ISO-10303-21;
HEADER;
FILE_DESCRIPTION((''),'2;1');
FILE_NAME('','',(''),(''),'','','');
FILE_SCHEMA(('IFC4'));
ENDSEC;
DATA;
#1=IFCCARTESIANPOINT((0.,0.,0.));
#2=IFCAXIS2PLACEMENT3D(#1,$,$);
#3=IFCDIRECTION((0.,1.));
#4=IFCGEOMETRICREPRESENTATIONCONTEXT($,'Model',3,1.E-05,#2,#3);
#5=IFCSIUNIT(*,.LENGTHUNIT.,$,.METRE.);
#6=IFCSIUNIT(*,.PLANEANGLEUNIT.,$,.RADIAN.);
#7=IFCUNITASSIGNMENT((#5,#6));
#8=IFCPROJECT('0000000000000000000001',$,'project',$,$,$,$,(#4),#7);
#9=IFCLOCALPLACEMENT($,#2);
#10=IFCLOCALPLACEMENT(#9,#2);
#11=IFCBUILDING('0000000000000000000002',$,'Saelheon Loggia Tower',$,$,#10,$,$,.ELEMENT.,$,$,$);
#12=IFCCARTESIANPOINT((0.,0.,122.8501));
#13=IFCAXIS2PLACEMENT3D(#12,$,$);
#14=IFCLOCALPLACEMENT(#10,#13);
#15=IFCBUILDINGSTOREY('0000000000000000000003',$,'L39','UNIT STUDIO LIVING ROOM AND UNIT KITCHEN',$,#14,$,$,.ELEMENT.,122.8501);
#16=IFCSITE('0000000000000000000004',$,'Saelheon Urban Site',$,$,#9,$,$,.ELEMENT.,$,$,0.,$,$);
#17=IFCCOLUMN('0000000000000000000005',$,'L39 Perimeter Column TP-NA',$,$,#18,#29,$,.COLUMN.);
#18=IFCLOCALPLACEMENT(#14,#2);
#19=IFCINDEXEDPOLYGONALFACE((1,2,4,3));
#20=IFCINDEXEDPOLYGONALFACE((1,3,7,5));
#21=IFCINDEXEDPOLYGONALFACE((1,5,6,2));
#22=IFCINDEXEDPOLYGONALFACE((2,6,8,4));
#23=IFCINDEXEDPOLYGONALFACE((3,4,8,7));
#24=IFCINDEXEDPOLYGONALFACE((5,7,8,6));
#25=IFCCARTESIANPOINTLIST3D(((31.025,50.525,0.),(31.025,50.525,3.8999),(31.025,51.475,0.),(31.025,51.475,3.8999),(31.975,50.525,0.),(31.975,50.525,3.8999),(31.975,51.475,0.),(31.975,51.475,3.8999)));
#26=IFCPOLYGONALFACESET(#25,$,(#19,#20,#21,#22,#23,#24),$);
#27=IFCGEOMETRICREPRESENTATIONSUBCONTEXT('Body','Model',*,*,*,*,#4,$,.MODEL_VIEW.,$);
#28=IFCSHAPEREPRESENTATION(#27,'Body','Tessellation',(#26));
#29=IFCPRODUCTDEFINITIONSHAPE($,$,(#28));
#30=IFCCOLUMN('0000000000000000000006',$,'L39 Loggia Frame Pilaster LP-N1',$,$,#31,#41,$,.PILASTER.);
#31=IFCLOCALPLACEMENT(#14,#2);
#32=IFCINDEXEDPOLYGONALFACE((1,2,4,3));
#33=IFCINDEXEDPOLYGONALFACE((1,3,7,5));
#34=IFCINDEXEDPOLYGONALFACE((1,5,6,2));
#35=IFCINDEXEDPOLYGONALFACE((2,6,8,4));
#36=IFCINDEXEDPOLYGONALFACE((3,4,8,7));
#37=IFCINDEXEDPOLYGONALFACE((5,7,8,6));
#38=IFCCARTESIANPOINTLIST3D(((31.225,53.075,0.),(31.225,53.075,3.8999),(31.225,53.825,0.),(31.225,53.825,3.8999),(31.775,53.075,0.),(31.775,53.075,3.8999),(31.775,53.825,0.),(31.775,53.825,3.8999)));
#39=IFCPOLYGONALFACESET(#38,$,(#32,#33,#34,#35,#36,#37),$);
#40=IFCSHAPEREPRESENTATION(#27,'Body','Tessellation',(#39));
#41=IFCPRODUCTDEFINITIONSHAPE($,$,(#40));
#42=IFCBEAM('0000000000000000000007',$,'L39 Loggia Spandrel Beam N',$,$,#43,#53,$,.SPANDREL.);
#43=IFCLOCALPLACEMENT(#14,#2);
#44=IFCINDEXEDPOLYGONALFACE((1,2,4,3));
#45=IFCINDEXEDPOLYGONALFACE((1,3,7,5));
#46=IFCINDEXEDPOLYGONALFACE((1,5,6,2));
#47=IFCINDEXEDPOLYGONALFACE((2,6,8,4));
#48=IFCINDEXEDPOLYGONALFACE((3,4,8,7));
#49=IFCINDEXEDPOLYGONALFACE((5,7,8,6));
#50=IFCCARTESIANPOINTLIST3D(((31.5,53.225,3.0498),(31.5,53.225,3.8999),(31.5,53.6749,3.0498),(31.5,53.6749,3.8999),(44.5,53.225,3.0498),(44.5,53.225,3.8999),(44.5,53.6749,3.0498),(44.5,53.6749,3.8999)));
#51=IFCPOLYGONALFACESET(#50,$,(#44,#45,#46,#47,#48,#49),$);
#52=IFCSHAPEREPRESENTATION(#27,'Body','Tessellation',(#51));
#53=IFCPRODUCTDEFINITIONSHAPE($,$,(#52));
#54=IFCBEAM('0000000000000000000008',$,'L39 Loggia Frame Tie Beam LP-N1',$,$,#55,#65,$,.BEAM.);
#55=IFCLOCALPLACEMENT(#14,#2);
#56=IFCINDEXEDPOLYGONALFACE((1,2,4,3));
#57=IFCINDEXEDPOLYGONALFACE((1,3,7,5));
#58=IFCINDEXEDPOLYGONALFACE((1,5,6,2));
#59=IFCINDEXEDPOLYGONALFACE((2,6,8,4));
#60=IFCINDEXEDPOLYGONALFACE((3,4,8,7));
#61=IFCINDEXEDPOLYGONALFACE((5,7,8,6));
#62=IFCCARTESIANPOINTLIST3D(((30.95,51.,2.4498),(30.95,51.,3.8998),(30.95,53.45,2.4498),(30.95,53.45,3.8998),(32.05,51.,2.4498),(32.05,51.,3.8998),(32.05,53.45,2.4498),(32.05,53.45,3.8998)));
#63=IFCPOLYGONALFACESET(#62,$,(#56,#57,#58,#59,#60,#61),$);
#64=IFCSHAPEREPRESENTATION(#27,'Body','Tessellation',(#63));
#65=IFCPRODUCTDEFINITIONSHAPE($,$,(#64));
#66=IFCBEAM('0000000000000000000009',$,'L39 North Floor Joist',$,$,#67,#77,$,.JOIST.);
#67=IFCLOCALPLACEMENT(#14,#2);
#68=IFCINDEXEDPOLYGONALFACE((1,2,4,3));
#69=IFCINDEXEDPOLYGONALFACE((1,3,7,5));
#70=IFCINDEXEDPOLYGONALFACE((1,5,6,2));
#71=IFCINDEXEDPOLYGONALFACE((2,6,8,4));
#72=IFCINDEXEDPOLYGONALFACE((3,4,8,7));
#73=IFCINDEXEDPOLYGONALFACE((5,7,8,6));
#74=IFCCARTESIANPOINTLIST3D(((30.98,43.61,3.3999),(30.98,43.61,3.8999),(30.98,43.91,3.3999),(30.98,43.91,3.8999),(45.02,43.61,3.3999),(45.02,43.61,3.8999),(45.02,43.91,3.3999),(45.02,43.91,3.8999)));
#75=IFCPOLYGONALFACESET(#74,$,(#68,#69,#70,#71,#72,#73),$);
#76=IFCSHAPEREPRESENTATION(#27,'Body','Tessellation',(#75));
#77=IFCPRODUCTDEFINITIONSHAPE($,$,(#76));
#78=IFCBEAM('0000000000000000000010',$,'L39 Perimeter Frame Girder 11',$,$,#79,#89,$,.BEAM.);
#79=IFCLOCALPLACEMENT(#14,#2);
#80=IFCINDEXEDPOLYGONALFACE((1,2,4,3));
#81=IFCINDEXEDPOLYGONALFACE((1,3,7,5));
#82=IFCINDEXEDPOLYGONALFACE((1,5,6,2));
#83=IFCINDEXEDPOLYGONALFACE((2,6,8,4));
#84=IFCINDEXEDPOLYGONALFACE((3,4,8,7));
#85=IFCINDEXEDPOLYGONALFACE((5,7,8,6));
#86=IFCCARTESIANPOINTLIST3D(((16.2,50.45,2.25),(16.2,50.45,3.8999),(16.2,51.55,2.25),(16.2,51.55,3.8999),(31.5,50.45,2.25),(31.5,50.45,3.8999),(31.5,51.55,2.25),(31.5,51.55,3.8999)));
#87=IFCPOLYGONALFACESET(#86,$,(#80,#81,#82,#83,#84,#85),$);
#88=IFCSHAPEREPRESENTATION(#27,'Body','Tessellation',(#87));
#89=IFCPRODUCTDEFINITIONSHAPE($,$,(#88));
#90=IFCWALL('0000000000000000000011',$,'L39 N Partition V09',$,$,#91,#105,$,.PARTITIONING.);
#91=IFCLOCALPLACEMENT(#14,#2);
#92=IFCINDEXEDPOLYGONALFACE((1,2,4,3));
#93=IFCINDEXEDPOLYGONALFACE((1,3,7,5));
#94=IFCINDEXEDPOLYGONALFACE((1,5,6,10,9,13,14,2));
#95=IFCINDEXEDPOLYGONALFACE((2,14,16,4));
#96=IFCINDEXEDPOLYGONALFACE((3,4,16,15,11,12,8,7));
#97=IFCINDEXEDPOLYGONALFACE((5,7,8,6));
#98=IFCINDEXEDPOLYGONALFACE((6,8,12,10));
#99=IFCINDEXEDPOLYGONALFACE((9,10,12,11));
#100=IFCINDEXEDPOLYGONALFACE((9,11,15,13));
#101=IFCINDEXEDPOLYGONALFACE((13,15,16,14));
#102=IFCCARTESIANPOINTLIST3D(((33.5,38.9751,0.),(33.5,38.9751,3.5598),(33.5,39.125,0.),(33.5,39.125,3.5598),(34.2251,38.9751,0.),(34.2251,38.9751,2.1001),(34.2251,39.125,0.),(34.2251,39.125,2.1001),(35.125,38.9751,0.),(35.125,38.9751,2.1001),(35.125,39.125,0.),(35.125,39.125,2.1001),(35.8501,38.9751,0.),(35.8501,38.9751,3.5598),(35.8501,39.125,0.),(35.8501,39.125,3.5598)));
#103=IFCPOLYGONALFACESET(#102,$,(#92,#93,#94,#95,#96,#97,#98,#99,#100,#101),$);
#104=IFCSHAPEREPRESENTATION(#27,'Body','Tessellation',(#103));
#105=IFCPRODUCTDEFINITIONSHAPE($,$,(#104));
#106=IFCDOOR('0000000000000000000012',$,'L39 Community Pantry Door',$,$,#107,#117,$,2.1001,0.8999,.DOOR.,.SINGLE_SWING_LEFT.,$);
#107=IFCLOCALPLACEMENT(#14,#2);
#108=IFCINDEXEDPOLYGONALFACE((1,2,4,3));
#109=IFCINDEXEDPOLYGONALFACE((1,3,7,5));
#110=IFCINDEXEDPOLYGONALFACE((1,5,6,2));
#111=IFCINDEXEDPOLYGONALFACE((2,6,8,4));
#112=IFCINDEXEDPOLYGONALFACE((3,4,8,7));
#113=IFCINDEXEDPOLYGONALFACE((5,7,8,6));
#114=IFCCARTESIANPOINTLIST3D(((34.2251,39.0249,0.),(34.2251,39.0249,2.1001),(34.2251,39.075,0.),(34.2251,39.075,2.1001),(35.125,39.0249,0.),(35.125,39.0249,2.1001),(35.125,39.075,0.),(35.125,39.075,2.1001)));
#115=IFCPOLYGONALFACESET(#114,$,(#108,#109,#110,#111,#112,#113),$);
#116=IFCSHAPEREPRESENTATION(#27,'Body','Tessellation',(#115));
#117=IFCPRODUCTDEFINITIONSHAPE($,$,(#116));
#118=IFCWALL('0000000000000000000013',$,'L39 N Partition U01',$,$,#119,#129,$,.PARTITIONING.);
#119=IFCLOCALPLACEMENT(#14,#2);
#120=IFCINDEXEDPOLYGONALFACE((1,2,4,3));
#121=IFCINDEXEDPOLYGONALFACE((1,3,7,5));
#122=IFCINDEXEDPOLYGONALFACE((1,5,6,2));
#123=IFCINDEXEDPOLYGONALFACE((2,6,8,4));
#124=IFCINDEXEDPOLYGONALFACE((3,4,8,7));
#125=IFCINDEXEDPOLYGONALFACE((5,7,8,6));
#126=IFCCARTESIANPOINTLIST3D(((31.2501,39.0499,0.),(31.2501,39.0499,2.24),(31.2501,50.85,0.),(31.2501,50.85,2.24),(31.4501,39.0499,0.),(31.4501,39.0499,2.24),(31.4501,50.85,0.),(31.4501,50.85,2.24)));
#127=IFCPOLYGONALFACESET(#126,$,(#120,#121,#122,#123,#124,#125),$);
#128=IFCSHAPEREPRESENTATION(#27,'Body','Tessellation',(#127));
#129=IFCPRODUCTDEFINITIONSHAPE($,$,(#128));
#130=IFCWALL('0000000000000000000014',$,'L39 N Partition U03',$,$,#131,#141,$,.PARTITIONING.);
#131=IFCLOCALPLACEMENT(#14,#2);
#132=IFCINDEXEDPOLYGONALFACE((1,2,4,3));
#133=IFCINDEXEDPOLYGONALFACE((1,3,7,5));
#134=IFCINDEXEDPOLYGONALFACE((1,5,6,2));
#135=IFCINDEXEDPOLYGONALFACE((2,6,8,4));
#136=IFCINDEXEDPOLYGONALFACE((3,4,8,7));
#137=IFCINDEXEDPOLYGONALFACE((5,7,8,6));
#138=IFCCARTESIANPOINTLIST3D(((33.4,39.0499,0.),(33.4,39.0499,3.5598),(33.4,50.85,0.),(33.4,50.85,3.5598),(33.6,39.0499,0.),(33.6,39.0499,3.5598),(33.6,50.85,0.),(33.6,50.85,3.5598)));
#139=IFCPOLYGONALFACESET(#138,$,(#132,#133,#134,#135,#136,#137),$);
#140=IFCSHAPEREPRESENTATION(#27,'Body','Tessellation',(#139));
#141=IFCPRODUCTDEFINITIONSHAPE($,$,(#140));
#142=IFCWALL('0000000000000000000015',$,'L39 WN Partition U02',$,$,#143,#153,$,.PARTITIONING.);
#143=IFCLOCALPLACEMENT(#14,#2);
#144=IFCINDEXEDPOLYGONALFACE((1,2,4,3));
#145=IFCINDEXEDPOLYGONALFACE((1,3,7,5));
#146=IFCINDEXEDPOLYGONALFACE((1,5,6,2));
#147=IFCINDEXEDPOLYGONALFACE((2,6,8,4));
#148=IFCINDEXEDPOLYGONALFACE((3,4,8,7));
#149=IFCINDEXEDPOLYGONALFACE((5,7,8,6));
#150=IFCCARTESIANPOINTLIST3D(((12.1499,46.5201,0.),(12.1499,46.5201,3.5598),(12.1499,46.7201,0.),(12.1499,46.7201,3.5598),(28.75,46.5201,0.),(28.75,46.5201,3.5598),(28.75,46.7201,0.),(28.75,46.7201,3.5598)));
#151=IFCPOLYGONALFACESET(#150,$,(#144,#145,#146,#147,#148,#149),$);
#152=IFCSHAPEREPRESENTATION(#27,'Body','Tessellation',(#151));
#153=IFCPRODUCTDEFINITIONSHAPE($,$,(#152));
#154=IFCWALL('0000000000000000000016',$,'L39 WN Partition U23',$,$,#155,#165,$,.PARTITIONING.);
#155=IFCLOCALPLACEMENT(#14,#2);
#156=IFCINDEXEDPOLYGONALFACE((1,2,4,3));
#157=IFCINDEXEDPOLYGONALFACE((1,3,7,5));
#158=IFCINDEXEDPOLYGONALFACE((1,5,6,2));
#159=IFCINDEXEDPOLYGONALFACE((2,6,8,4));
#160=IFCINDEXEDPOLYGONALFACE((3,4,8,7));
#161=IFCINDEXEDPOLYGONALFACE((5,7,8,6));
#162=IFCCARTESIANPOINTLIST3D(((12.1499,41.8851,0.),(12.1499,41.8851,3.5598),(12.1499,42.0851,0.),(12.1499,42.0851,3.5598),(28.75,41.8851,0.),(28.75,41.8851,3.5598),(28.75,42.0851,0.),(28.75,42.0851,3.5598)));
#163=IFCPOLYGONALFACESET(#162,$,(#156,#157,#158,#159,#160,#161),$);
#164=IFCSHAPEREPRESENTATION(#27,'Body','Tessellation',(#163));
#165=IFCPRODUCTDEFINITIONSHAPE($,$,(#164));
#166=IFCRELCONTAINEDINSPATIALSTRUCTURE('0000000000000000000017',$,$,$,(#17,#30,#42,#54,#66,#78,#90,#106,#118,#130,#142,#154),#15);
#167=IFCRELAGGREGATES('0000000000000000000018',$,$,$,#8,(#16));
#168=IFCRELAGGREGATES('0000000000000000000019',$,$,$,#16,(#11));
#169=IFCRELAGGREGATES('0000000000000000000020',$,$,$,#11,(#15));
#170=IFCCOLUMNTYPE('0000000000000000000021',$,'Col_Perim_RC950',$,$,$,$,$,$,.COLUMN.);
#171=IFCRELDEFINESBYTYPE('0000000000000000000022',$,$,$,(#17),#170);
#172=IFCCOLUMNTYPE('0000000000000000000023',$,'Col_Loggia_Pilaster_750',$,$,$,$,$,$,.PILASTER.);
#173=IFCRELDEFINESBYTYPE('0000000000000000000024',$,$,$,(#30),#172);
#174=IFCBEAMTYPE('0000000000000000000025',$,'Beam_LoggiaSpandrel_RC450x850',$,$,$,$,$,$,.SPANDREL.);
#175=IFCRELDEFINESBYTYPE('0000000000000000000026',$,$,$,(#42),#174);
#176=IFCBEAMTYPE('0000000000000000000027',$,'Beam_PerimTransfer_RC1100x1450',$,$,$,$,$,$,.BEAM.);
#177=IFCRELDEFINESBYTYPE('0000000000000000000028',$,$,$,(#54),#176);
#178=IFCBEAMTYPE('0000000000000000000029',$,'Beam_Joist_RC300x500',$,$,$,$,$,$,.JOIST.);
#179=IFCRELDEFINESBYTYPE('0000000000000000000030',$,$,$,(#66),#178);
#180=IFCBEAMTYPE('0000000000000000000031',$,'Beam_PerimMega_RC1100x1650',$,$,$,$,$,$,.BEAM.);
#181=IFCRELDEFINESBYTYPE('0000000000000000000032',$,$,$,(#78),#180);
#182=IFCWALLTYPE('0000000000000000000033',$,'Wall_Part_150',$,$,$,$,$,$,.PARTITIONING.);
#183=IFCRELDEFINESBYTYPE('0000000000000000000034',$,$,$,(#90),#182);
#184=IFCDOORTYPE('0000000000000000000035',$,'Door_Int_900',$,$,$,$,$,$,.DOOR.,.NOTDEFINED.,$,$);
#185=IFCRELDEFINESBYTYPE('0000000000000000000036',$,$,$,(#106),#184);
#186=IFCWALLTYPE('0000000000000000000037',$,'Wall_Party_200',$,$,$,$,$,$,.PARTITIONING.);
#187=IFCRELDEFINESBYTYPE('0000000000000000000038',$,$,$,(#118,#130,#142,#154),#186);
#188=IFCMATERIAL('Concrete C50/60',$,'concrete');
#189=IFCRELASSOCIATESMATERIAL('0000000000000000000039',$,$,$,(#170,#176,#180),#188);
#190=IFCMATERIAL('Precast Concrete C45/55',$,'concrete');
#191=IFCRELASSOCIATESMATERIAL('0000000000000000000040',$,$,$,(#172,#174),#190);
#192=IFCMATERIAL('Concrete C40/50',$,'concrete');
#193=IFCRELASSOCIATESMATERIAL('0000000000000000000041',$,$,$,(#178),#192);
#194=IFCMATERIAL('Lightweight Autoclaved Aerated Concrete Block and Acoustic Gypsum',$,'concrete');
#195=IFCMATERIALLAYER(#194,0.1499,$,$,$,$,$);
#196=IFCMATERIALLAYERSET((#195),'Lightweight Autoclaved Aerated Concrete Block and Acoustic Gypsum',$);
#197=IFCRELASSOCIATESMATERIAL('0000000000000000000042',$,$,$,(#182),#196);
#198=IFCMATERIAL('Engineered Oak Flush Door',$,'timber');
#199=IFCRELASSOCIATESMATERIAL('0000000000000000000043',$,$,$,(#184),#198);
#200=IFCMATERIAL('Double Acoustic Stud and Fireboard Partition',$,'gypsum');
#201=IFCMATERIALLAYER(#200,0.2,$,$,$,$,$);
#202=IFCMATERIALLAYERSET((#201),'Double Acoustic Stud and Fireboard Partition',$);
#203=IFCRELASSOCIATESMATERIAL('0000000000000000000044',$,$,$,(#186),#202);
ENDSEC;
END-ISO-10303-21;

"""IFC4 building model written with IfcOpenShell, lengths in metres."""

from ifc_helpers import new_model, si_unit, direction, frame, frame_2d, origin, origin_2d, place, context, subcontext, project, spatial, rectangle, extrude, source, transform, mapped, material, layer, layer_set, material_profile, profile_set, type_object, element, fill, save


model = new_model("IFC4")

# Units and contexts
model_context = context("Model", 3, precision=1e-05, world=origin(), true_north=direction((0.0, 1.0)))
body_context = subcontext(model_context, "Body", "Model", "MODEL_VIEW")
ifc_project = project(units=[si_unit("LENGTHUNIT", "METRE"), si_unit("PLANEANGLEUNIT", "RADIAN")], contexts=[model_context])

# Site, building, storey
site_placement = place(None, origin())
site = spatial("IfcSite", under=ifc_project, at=site_placement, Name="Saelheon Urban Site", CompositionType="ELEMENT", RefElevation=0.0)
building_placement = place(site_placement, origin())
building = spatial("IfcBuilding", under=site, at=building_placement, Name="Saelheon Loggia Tower", CompositionType="ELEMENT")
storey_placement = place(building_placement, frame((0.0, 0.0, 122.8501)))
storey = spatial("IfcBuildingStorey", under=building, at=storey_placement, Name="L39", Description="UNIT STUDIO LIVING ROOM AND UNIT KITCHEN", CompositionType="ELEMENT", Elevation=122.8501)

# Columns
ifc_material_1 = material(Name="Concrete C50/60", Category="concrete")
ifc_material_profile_1 = material_profile(ifc_material_1, rectangle(XDim=0.95, YDim=0.95, at=origin_2d()), Name="RC-950x950")
ifc_profile_set_1 = profile_set([ifc_material_profile_1], Name="Concrete C50/60")
column_type_1 = type_object("IfcColumnType", Name="Col_Perim_RC950", PredefinedType="COLUMN", material=ifc_profile_set_1)
shared_shape_1 = source(origin(), body_context, "Body", "SweptSolid", [
    extrude(rectangle(XDim=0.95, YDim=0.95, at=origin_2d()), origin(), (0.0, 0.0, 1.0), 3.8999),
])
column_1_placement = place(storey_placement, frame((31.5, 51.0, 0.0), z_axis=(0.0, 0.0, 1.0), x_axis=(1.0, 0.0, 0.0)))
element("IfcColumn", 1, at=column_1_placement, inside=storey, type_object=column_type_1, Name="L39 Perimeter Column TP-NA", PredefinedType="COLUMN", context=body_context, shape_type="MappedRepresentation", body=[
    mapped(shared_shape_1, transform((0.0, 0.0, 0.0), scale=1.0)),
])
ifc_material_2 = material(Name="Precast Concrete C45/55", Category="concrete")
ifc_material_profile_2 = material_profile(ifc_material_2, rectangle(XDim=0.55, YDim=0.75, at=origin_2d()), Name="RC-550x750")
ifc_profile_set_2 = profile_set([ifc_material_profile_2], Name="Precast Concrete C45/55")
column_type_2 = type_object("IfcColumnType", Name="Col_Loggia_Pilaster_750", PredefinedType="PILASTER", material=ifc_profile_set_2)
shared_shape_2 = source(origin(), body_context, "Body", "SweptSolid", [
    extrude(rectangle(XDim=0.55, YDim=0.75, at=origin_2d()), origin(), (0.0, 0.0, 1.0), 3.8999),
])
column_2_placement = place(storey_placement, frame((31.5, 53.45, 0.0), z_axis=(0.0, 0.0, 1.0), x_axis=(1.0, 0.0, 0.0)))
element("IfcColumn", 2, at=column_2_placement, inside=storey, type_object=column_type_2, Name="L39 Loggia Frame Pilaster LP-N1", PredefinedType="PILASTER", context=body_context, shape_type="MappedRepresentation", body=[
    mapped(shared_shape_2, transform((0.0, 0.0, 0.0), scale=1.0)),
])

# Beams
ifc_material_profile_3 = material_profile(ifc_material_2, rectangle(XDim=0.45, YDim=0.8501, at=origin_2d()), Name="RC-450x850")
ifc_profile_set_3 = profile_set([ifc_material_profile_3], Name="Precast Concrete C45/55")
beam_type_1 = type_object("IfcBeamType", Name="Beam_LoggiaSpandrel_RC450x850", PredefinedType="SPANDREL", material=ifc_profile_set_3)
shared_shape_3 = source(origin(), body_context, "Body", "SweptSolid", [
    extrude(rectangle(XDim=0.45, YDim=0.8501, at=origin_2d()), origin(), (0.0, 0.0, 1.0), 13.0),
])
beam_1_placement = place(storey_placement, frame((31.5, 53.45, 3.4749), z_axis=(1.0, 0.0, 0.0), x_axis=(0.0, 1.0, 0.0)))
element("IfcBeam", 3, at=beam_1_placement, inside=storey, type_object=beam_type_1, Name="L39 Loggia Spandrel Beam N", PredefinedType="SPANDREL", context=body_context, shape_type="MappedRepresentation", body=[
    mapped(shared_shape_3, transform((0.0, 0.0, 0.0), scale=1.0)),
])
ifc_material_profile_4 = material_profile(ifc_material_1, rectangle(XDim=1.1001, YDim=1.45, at=origin_2d()), Name="RC-1100x1450")
ifc_profile_set_4 = profile_set([ifc_material_profile_4], Name="Concrete C50/60")
beam_type_2 = type_object("IfcBeamType", Name="Beam_PerimTransfer_RC1100x1450", PredefinedType="BEAM", material=ifc_profile_set_4)
shared_shape_4 = source(origin(), body_context, "Body", "SweptSolid", [
    extrude(rectangle(XDim=1.1001, YDim=1.45, at=origin_2d()), origin(), (0.0, 0.0, 1.0), 2.45),
])
beam_2_placement = place(storey_placement, frame((31.5, 51.0, 3.1748), z_axis=(0.0, 1.0, 0.0), x_axis=(-1.0, 0.0, 0.0)))
element("IfcBeam", 4, at=beam_2_placement, inside=storey, type_object=beam_type_2, Name="L39 Loggia Frame Tie Beam LP-N1", PredefinedType="BEAM", context=body_context, shape_type="MappedRepresentation", body=[
    mapped(shared_shape_4, transform((0.0, 0.0, 0.0), scale=1.0)),
])
ifc_material_3 = material(Name="Concrete C40/50", Category="concrete")
ifc_material_profile_5 = material_profile(ifc_material_3, rectangle(XDim=0.3, YDim=0.5, at=origin_2d()), Name="RC-300x500")
ifc_profile_set_5 = profile_set([ifc_material_profile_5], Name="Concrete C40/50")
beam_type_3 = type_object("IfcBeamType", Name="Beam_Joist_RC300x500", PredefinedType="JOIST", material=ifc_profile_set_5)
shared_shape_5 = source(origin(), body_context, "Body", "SweptSolid", [
    extrude(rectangle(XDim=0.3, YDim=0.5, at=origin_2d()), origin(), (0.0, 0.0, 1.0), 14.04),
])
beam_3_placement = place(storey_placement, frame((30.98, 43.76, 3.6499), z_axis=(1.0, 0.0, 0.0), x_axis=(0.0, 1.0, 0.0)))
element("IfcBeam", 5, at=beam_3_placement, inside=storey, type_object=beam_type_3, Name="L39 North Floor Joist", PredefinedType="JOIST", context=body_context, shape_type="MappedRepresentation", body=[
    mapped(shared_shape_5, transform((0.0, 0.0, 0.0), scale=1.0)),
])
ifc_material_profile_6 = material_profile(ifc_material_1, rectangle(XDim=1.1001, YDim=1.6499, at=origin_2d()), Name="RC-1100x1650")
ifc_profile_set_6 = profile_set([ifc_material_profile_6], Name="Concrete C50/60")
beam_type_4 = type_object("IfcBeamType", Name="Beam_PerimMega_RC1100x1650", PredefinedType="BEAM", material=ifc_profile_set_6)
shared_shape_6 = source(origin(), body_context, "Body", "SweptSolid", [
    extrude(rectangle(XDim=1.1001, YDim=1.6499, at=origin_2d()), origin(), (0.0, 0.0, 1.0), 15.3),
])
beam_4_placement = place(storey_placement, frame((31.5, 51.0, 3.075), z_axis=(-1.0, 0.0, 0.0), x_axis=(0.0, -1.0, 0.0)))
element("IfcBeam", 6, at=beam_4_placement, inside=storey, type_object=beam_type_4, Name="L39 Perimeter Frame Girder 11", PredefinedType="BEAM", context=body_context, shape_type="MappedRepresentation", body=[
    mapped(shared_shape_6, transform((0.0, 0.0, 0.0), scale=1.0)),
])

# Wall, opening, door
ifc_material_4 = material(Name="Lightweight Autoclaved Aerated Concrete Block and Acoustic Gypsum", Category="concrete")
ifc_layer_1 = layer(ifc_material_4, 0.1499)
ifc_layer_set_1 = layer_set([ifc_layer_1], Name="Lightweight Autoclaved Aerated Concrete Block and Acoustic Gypsum")
wall_type_1 = type_object("IfcWallType", Name="Wall_Part_150", PredefinedType="PARTITIONING", material=ifc_layer_set_1)
wall_1_placement = place(storey_placement, frame((33.5, 39.05, 0.0), z_axis=(0.0, 0.0, 1.0), x_axis=(1.0, 0.0, 0.0)))
wall_1 = element("IfcWall", 7, at=wall_1_placement, inside=storey, type_object=wall_type_1, Name="L39 N Partition V09", PredefinedType="PARTITIONING", context=body_context, shape_type="SweptSolid", body=[
    extrude(rectangle(XDim=2.3501, YDim=0.1499, at=frame_2d((1.175, 0.0))), origin(), (0.0, 0.0, 1.0), 3.5598),
])
opening_1_placement = place(wall_1_placement, frame((0.7251, 0.0, 0.0)))
opening_1 = element("IfcOpeningElement", 8, at=opening_1_placement, cuts=wall_1, PredefinedType="OPENING", context=body_context, shape_type="SweptSolid", body=[
    extrude(rectangle(XDim=0.8999, YDim=2.1001, at=frame_2d((0.45, 1.05))), frame((0.0, 0.0869, 0.0), z_axis=(0.0, -1.0, 0.0), x_axis=(1.0, 0.0, 0.0)), (0.0, 0.0, 1.0), 0.1738),
])
ifc_material_5 = material(Name="Engineered Oak Flush Door", Category="timber")
door_type_1 = type_object("IfcDoorType", Name="Door_Int_900", OperationType="NOTDEFINED", PredefinedType="DOOR", material=ifc_material_5)
shared_shape_7 = source(origin(), body_context, "Body", "SweptSolid", [
    extrude(rectangle(XDim=0.8999, YDim=2.1001, at=frame_2d((0.45, 1.05))), frame((0.0, 0.0249, 0.0), z_axis=(0.0, -1.0, 0.0), x_axis=(1.0, 0.0, 0.0)), (0.0, 0.0, 1.0), 0.05),
])
door_1_placement = place(opening_1_placement, origin())
door_1 = element("IfcDoor", 9, at=door_1_placement, inside=storey, type_object=door_type_1, Name="L39 Community Pantry Door", OperationType="SINGLE_SWING_LEFT", OverallHeight=2.1001, OverallWidth=0.8999, PredefinedType="DOOR", context=body_context, shape_type="MappedRepresentation", body=[
    mapped(shared_shape_7, transform((0.0, 0.0, 0.0), scale=1.0)),
])
fill(opening_1, door_1)

# Walls
ifc_material_6 = material(Name="Double Acoustic Stud and Fireboard Partition", Category="gypsum")
ifc_layer_2 = layer(ifc_material_6, 0.2)
ifc_layer_set_2 = layer_set([ifc_layer_2], Name="Double Acoustic Stud and Fireboard Partition")
wall_type_2 = type_object("IfcWallType", Name="Wall_Party_200", PredefinedType="PARTITIONING", material=ifc_layer_set_2)
wall_2_placement = place(storey_placement, frame((31.3501, 39.05, 0.0), z_axis=(0.0, 0.0, 1.0), x_axis=(0.0, 1.0, 0.0)))
element("IfcWall", 10, at=wall_2_placement, inside=storey, type_object=wall_type_2, Name="L39 N Partition U01", PredefinedType="PARTITIONING", context=body_context, shape_type="SweptSolid", body=[
    extrude(rectangle(XDim=11.8, YDim=0.2, at=frame_2d((5.8999, 0.0))), origin(), (0.0, 0.0, 1.0), 2.24),
])
wall_3_placement = place(storey_placement, frame((33.5, 39.05, 0.0), z_axis=(0.0, 0.0, 1.0), x_axis=(0.0, 1.0, 0.0)))
element("IfcWall", 11, at=wall_3_placement, inside=storey, type_object=wall_type_2, Name="L39 N Partition U03", PredefinedType="PARTITIONING", context=body_context, shape_type="SweptSolid", body=[
    extrude(rectangle(XDim=11.8, YDim=0.2, at=frame_2d((5.8999, 0.0))), origin(), (0.0, 0.0, 1.0), 3.5598),
])
for number, where, z_axis, x_axis, name in (
    (12, (28.75, 46.6201, 0.0), (0.0, 0.0, 1.0), (-1.0, 0.0, 0.0), "L39 WN Partition U02"),
    (13, (28.75, 41.9851, 0.0), (0.0, 0.0, 1.0), (-1.0, 0.0, 0.0), "L39 WN Partition U23"),
):
    element("IfcWall", number, at=place(storey_placement, frame(where, z_axis=z_axis, x_axis=x_axis)), inside=storey, type_object=wall_type_2, Name=name, PredefinedType="PARTITIONING", context=body_context, shape_type="SweptSolid", body=[
        extrude(rectangle(XDim=16.6001, YDim=0.2, at=frame_2d((8.3, 0.0))), origin(), (0.0, 0.0, 1.0), 3.5598),
    ])

save(model, "model.ifc")
